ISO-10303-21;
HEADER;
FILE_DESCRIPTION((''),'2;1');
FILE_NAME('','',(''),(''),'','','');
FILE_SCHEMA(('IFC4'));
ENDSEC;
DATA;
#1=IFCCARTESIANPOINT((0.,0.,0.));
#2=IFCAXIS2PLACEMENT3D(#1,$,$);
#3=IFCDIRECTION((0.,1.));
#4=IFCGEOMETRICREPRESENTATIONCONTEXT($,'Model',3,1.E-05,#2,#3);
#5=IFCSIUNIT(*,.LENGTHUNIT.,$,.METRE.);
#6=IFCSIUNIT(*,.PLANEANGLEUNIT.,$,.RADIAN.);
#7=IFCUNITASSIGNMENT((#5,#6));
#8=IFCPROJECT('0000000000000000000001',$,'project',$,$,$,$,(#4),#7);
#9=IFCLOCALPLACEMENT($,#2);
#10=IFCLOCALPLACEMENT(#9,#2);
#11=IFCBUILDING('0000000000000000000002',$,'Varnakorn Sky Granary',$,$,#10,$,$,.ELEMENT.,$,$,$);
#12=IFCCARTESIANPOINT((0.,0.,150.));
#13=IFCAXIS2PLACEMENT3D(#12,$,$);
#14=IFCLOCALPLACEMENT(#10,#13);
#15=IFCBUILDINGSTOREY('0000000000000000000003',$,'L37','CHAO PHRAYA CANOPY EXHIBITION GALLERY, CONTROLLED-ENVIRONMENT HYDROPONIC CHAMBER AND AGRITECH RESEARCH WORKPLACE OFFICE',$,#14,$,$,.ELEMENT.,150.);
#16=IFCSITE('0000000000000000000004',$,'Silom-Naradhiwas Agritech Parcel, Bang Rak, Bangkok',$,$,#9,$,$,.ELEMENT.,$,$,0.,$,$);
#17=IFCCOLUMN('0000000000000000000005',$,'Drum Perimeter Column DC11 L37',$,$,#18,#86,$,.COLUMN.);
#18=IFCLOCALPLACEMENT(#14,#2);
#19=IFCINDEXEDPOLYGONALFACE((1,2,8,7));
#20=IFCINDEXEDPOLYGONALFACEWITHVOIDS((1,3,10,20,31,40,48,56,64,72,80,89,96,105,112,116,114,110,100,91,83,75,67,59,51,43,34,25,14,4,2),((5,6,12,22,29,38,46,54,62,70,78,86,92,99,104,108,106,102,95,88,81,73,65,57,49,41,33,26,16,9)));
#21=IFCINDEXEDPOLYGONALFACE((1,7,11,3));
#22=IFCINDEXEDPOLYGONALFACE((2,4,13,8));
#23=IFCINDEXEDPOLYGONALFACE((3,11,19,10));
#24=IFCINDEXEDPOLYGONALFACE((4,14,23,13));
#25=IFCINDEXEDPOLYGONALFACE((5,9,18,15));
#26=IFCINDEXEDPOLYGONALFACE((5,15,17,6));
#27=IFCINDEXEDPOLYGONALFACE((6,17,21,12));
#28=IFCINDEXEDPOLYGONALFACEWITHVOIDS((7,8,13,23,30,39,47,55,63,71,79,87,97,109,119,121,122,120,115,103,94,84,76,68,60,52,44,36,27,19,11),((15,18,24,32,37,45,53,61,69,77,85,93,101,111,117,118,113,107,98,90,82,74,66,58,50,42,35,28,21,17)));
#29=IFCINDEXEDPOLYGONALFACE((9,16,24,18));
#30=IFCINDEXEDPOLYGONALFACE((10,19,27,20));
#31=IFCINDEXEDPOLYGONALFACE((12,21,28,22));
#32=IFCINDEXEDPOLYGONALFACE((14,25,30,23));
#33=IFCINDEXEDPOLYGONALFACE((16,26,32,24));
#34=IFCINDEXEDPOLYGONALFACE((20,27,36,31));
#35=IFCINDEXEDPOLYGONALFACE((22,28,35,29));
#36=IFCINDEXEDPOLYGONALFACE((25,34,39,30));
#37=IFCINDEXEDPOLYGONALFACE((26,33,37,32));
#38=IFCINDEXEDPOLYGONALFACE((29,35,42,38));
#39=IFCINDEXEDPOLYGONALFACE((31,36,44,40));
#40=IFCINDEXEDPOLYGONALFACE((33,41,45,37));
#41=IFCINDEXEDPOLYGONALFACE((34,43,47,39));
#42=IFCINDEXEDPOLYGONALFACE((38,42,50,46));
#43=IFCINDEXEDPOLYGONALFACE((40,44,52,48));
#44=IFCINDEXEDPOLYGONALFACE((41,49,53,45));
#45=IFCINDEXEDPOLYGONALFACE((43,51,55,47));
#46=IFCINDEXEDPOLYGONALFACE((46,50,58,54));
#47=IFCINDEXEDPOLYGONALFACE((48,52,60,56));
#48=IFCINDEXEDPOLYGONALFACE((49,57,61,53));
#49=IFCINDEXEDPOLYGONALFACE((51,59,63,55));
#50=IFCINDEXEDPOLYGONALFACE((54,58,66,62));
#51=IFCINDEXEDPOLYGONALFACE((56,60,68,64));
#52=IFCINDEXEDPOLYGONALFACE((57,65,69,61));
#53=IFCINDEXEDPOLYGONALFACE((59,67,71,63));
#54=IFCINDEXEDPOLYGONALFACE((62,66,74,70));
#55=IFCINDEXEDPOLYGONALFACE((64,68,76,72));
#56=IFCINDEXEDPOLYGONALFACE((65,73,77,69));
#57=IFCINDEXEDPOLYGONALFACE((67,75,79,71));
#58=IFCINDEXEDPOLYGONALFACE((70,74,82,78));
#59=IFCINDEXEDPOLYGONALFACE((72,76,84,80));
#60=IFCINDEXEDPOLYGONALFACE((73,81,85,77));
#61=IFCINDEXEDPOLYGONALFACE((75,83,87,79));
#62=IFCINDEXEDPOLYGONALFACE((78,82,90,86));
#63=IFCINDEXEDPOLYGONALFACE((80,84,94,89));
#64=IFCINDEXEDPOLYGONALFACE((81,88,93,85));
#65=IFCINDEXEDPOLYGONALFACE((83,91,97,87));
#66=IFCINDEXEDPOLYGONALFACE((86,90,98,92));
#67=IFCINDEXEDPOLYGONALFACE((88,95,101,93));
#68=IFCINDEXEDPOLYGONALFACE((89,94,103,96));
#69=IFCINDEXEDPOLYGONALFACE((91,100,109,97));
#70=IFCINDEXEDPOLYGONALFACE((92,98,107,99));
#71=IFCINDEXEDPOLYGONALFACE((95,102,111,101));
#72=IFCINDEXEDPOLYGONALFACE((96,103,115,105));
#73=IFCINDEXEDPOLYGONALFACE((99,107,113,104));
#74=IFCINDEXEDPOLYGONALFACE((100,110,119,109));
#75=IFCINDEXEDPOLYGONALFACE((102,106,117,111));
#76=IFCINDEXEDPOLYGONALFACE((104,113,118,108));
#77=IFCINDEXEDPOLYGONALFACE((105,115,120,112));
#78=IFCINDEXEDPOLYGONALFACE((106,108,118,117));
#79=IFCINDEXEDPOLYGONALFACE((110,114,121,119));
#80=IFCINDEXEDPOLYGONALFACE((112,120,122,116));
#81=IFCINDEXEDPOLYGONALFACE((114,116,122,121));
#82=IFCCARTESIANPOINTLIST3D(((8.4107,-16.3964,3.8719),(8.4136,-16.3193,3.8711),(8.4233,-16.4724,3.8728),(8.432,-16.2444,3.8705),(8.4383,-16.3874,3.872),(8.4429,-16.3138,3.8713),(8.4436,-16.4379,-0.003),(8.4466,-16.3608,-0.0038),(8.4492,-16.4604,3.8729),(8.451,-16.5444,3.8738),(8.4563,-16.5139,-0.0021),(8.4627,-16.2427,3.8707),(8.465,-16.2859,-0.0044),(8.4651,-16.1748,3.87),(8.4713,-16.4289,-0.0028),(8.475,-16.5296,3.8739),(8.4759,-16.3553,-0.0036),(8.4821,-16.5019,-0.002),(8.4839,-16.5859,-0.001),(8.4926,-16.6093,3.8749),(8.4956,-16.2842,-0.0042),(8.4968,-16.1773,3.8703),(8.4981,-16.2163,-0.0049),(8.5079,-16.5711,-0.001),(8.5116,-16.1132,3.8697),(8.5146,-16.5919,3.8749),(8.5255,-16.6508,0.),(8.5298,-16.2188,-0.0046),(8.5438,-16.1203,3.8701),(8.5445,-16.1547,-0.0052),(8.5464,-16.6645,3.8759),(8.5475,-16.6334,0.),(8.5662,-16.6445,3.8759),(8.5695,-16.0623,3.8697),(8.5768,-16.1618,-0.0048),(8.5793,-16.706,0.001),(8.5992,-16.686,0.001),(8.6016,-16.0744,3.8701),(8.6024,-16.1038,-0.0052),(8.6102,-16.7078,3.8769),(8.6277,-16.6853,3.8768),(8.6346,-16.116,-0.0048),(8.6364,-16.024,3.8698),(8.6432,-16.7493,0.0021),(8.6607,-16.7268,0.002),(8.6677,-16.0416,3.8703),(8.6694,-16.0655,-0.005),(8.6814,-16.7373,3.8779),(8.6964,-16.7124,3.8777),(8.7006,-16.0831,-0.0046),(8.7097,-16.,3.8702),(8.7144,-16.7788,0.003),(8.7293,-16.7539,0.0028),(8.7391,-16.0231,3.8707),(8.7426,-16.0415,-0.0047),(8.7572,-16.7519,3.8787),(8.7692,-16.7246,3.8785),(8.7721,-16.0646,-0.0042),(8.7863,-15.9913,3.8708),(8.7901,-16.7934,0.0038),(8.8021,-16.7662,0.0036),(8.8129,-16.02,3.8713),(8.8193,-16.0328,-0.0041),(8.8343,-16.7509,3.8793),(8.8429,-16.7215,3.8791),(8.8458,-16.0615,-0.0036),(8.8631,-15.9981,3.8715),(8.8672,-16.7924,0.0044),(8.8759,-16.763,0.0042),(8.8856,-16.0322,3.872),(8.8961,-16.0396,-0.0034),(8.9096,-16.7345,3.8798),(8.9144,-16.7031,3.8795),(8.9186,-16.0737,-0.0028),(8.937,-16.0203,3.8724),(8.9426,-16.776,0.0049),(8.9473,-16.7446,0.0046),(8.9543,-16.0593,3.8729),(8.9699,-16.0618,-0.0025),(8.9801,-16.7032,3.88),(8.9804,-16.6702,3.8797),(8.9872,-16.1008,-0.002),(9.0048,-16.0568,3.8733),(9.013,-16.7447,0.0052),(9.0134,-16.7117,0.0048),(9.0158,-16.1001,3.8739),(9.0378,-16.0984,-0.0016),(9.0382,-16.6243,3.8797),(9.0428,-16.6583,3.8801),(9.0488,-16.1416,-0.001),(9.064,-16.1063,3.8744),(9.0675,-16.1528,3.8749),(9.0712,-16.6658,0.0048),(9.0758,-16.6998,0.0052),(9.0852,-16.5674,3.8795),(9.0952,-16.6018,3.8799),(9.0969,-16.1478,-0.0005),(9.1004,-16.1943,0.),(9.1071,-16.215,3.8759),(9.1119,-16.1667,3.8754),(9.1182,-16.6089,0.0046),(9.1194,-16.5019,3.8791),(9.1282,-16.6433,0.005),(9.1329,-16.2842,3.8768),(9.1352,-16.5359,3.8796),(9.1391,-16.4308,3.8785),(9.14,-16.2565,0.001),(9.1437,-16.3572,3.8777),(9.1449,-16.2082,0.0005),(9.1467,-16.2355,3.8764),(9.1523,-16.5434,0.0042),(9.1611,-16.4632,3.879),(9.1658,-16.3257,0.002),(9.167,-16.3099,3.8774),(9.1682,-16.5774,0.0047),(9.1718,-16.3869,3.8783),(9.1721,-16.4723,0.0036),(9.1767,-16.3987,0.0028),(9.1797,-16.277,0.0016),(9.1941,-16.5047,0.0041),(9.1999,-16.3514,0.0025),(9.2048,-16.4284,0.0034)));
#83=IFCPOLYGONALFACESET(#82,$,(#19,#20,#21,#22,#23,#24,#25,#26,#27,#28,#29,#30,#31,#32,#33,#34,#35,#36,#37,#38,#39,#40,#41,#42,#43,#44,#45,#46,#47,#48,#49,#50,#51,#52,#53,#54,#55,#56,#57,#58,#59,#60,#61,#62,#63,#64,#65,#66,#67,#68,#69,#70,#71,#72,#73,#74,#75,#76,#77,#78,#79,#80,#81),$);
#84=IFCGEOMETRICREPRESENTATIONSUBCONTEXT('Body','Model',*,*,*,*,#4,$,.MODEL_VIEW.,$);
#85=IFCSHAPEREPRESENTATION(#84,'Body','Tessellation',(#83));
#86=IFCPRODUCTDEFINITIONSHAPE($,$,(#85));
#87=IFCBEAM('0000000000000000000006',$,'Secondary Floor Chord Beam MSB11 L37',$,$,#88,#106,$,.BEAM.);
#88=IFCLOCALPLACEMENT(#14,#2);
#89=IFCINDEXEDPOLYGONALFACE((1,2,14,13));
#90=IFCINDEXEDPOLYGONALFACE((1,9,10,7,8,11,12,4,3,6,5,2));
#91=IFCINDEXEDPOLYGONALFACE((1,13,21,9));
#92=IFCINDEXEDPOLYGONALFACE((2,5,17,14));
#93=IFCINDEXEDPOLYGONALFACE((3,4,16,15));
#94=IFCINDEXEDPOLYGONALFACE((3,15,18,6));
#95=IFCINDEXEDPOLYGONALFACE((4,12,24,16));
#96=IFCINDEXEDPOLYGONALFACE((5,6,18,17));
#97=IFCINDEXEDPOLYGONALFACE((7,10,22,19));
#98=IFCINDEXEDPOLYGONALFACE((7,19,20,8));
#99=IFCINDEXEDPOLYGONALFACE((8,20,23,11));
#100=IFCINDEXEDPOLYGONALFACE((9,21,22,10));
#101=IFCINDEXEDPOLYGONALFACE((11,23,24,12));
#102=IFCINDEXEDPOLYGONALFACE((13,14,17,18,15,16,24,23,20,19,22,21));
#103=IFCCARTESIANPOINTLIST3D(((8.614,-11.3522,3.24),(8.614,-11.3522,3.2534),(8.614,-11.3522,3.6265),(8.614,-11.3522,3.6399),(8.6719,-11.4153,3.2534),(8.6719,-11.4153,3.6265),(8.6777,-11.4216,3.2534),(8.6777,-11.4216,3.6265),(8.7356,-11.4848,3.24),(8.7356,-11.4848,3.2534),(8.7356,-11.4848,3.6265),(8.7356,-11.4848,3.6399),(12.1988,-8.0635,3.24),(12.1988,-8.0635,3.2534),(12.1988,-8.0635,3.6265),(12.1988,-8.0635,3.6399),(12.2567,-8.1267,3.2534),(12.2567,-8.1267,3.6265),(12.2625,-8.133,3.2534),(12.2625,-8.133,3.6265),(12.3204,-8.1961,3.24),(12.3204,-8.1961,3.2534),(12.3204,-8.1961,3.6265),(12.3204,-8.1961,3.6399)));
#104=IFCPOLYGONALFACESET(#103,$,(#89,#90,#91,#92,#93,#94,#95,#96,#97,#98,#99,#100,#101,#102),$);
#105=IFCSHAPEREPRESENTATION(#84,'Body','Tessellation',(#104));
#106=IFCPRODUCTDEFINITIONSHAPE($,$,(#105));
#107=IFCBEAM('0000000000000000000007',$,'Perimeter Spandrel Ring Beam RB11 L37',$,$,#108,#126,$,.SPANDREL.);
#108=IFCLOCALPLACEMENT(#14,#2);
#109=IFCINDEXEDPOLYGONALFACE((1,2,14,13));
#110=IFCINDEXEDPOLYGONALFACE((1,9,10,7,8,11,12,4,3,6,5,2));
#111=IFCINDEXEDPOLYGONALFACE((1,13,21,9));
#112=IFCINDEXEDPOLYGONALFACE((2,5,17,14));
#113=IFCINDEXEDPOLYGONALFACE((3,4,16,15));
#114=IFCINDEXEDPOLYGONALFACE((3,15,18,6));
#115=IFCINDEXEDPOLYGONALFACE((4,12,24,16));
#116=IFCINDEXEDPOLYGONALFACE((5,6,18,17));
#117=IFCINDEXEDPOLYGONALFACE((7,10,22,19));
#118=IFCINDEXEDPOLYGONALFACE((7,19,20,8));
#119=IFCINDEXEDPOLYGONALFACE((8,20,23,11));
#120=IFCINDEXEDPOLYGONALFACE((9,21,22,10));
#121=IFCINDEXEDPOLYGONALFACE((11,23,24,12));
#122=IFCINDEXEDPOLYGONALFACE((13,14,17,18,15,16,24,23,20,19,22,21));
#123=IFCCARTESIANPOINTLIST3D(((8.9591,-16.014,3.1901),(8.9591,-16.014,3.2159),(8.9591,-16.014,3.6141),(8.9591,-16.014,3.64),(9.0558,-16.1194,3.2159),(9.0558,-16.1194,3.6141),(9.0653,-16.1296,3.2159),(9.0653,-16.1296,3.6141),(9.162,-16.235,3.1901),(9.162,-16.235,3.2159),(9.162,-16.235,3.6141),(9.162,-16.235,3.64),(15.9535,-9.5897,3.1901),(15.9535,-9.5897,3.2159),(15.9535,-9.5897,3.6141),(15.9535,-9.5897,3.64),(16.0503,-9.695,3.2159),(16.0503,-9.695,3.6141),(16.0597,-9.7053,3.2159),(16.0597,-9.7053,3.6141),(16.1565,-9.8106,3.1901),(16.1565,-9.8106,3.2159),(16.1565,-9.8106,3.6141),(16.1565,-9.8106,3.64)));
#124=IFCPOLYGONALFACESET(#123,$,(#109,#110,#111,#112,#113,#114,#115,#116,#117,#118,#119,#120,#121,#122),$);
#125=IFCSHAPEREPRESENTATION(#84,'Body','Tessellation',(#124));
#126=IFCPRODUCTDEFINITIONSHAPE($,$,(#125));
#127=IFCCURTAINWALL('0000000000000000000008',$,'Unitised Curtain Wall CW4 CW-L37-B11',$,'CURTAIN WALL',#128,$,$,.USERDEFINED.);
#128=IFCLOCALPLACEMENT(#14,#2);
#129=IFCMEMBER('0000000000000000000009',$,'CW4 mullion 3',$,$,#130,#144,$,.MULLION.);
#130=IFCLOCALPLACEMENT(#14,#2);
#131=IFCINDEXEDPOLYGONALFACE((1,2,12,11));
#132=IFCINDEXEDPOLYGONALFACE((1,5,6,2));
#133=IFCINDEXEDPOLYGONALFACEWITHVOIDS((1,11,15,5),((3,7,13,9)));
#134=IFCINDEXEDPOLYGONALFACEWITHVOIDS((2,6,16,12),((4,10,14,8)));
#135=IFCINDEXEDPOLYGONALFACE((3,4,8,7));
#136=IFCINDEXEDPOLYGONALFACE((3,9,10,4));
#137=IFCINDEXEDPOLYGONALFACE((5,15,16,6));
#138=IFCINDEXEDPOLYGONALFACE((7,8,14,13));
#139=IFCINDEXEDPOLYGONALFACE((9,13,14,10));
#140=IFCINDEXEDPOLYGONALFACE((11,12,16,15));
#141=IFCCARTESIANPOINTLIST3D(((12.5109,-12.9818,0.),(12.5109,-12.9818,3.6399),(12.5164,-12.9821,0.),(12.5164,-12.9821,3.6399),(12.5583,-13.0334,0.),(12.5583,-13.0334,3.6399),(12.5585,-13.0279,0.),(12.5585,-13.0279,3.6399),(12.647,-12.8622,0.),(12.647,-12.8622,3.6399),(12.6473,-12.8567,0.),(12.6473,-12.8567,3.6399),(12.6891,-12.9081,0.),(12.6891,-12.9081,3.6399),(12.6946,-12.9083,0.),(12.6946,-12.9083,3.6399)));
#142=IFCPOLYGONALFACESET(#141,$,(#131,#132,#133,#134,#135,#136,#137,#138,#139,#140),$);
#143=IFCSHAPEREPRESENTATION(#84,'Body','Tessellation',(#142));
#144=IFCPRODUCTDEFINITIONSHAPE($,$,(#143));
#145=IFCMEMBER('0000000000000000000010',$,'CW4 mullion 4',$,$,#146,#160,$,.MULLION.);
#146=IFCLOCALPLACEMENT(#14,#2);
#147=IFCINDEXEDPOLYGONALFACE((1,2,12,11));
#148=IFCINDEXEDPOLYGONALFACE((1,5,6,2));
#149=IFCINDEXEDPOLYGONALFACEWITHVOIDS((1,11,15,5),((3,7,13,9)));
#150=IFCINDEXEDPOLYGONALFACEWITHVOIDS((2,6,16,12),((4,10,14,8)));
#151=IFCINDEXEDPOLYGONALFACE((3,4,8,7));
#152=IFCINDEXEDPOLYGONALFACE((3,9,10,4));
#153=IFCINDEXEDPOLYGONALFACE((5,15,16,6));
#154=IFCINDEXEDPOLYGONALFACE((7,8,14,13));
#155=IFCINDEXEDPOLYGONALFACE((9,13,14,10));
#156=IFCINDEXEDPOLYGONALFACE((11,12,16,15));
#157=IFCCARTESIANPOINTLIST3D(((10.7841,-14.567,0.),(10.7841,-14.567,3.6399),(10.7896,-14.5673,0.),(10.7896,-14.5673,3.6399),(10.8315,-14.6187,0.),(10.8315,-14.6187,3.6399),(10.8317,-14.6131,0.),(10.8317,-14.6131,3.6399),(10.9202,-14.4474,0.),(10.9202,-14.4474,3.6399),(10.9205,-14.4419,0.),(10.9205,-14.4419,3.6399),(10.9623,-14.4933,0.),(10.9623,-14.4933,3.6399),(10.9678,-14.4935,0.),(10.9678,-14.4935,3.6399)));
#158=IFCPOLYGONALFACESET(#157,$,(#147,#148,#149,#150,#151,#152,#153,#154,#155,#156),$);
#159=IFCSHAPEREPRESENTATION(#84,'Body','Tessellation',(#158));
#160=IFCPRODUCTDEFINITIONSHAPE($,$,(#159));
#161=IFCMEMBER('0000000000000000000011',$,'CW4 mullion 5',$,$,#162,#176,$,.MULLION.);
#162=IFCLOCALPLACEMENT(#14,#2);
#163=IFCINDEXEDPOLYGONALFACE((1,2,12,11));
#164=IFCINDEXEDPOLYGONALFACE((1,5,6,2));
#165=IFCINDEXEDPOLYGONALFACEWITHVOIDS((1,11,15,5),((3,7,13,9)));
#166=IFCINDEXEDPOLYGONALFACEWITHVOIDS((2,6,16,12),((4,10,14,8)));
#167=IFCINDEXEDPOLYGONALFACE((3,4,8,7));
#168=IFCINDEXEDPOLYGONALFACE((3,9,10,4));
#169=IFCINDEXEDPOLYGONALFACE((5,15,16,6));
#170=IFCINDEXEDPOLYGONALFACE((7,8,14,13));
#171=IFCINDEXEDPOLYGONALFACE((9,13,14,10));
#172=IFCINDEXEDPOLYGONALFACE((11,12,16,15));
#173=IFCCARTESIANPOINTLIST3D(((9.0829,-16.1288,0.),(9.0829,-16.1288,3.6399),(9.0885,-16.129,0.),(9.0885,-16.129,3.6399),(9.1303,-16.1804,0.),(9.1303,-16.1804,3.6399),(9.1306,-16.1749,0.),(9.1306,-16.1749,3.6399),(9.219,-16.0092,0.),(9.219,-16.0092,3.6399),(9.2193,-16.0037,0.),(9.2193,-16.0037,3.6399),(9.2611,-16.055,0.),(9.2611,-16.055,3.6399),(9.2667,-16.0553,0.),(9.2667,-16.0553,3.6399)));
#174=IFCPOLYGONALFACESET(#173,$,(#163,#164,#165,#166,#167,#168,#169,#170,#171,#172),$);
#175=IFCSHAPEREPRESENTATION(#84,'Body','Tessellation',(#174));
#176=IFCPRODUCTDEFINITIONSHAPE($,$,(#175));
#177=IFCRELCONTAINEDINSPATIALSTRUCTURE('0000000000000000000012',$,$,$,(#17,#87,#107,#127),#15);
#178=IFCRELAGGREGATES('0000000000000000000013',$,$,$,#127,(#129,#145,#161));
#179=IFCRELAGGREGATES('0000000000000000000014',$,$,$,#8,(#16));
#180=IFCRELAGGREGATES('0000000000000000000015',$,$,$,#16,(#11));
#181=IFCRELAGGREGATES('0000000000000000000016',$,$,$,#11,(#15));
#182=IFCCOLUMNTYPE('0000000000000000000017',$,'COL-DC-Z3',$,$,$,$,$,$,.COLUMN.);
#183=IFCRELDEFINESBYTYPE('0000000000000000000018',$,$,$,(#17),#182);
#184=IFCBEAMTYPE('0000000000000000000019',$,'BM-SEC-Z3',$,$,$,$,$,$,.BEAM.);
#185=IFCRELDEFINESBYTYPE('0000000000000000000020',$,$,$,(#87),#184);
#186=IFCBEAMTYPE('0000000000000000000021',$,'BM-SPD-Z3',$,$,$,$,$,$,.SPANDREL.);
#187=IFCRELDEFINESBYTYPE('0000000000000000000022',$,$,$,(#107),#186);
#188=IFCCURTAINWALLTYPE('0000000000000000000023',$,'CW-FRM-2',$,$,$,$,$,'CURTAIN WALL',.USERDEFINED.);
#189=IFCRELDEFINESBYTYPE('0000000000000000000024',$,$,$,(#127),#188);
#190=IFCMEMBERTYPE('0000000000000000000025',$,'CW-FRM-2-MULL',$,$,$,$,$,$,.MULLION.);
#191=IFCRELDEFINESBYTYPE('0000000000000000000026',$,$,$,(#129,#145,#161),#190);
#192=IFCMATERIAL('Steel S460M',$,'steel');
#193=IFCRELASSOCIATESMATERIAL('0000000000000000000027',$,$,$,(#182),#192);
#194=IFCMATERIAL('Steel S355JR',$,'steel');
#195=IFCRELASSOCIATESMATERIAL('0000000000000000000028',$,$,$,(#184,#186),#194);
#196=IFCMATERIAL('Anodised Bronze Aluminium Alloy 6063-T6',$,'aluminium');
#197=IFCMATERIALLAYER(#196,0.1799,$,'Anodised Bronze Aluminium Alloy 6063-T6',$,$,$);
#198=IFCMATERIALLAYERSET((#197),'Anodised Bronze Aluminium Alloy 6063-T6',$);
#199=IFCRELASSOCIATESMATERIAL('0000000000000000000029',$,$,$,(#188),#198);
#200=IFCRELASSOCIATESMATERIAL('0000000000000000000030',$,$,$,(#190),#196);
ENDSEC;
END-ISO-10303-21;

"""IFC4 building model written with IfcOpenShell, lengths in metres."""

from ifc_helpers import new_model, si_unit, direction, frame, origin, origin_2d, place, context, subcontext, project, spatial, hollow_rectangle, hollow_circle, i_section, extrude, material, layer, layer_set, material_profile, profile_set, type_object, element, aggregate, save


model = new_model("IFC4")

# Units and contexts
model_context = context("Model", 3, precision=1e-05, world=origin(), true_north=direction((0.0, 1.0)))
body_context = subcontext(model_context, "Body", "Model", "MODEL_VIEW")
ifc_project = project(units=[si_unit("LENGTHUNIT", "METRE"), si_unit("PLANEANGLEUNIT", "RADIAN")], contexts=[model_context])

# Site, building, storey
site_placement = place(None, origin())
site = spatial("IfcSite", under=ifc_project, at=site_placement, Name="Silom-Naradhiwas Agritech Parcel, Bang Rak, Bangkok", CompositionType="ELEMENT", RefElevation=0.0)
building_placement = place(site_placement, origin())
building = spatial("IfcBuilding", under=site, at=building_placement, Name="Varnakorn Sky Granary", CompositionType="ELEMENT")
storey_placement = place(building_placement, frame((0.0, 0.0, 150.0)))
storey = spatial("IfcBuildingStorey", under=building, at=storey_placement, Name="L37", Description="CHAO PHRAYA CANOPY EXHIBITION GALLERY, CONTROLLED-ENVIRONMENT HYDROPONIC CHAMBER AND AGRITECH RESEARCH WORKPLACE OFFICE", CompositionType="ELEMENT", Elevation=150.0)

# Column
ifc_material_1 = material(Name="Steel S460M", Category="steel")
ifc_material_profile_1 = material_profile(ifc_material_1, hollow_circle(Radius=0.3811, WallThickness=0.0281, at=origin_2d()), Name="CHS 762x28")
ifc_profile_set_1 = profile_set([ifc_material_profile_1], Name="Steel S460M")
column_type = type_object("IfcColumnType", Name="COL-DC-Z3", PredefinedType="COLUMN", material=ifc_profile_set_1)
column_placement = place(storey_placement, frame((8.824, -16.4138, 0.0), z_axis=(-0.008505, 0.01071, 0.999906), x_axis=(-0.783111, -0.621882, 0.0)))
element("IfcColumn", 1, at=column_placement, inside=storey, type_object=column_type, Name="Drum Perimeter Column DC11 L37", PredefinedType="COLUMN", context=body_context, shape_type="SweptSolid", body=[
    extrude(hollow_circle(Radius=0.3811, WallThickness=0.0281, at=origin_2d()), origin(), (0.0, 0.0, 1.0), 3.8752),
])

# Beams
ifc_material_2 = material(Name="Steel S355JR", Category="steel")
ifc_material_profile_2 = material_profile(ifc_material_2, i_section(OverallWidth=0.1799, OverallDepth=0.3999, WebThickness=0.0085, FlangeThickness=0.0134, at=origin_2d()), Name="IPE 400")
ifc_profile_set_2 = profile_set([ifc_material_profile_2], Name="Steel S355JR")
beam_type_1 = type_object("IfcBeamType", Name="BM-SEC-Z3", PredefinedType="BEAM", material=ifc_profile_set_2)
beam_1_placement = place(storey_placement, frame((8.6748, -11.4185, 3.4399), z_axis=(0.73689, 0.676013, 0.0), x_axis=(-0.676013, 0.73689, 0.0)))
element("IfcBeam", 2, at=beam_1_placement, inside=storey, type_object=beam_type_1, Name="Secondary Floor Chord Beam MSB11 L37", PredefinedType="BEAM", context=body_context, shape_type="SweptSolid", body=[
    extrude(i_section(OverallWidth=0.1799, OverallDepth=0.3999, WebThickness=0.0085, FlangeThickness=0.0134, at=origin_2d()), origin(), (0.0, 0.0, 1.0), 4.8647),
])
ifc_material_profile_3 = material_profile(ifc_material_2, i_section(OverallWidth=0.3, OverallDepth=0.45, WebThickness=0.0139, FlangeThickness=0.0259, at=origin_2d()), Name="HE 450 B")
ifc_profile_set_3 = profile_set([ifc_material_profile_3], Name="Steel S355JR")
beam_type_2 = type_object("IfcBeamType", Name="BM-SPD-Z3", PredefinedType="SPANDREL", material=ifc_profile_set_3)
beam_2_placement = place(storey_placement, frame((9.0605, -16.1245, 3.415), z_axis=(0.736483, 0.676457, 0.0), x_axis=(-0.676457, 0.736483, 0.0)))
element("IfcBeam", 3, at=beam_2_placement, inside=storey, type_object=beam_type_2, Name="Perimeter Spandrel Ring Beam RB11 L37", PredefinedType="SPANDREL", context=body_context, shape_type="SweptSolid", body=[
    extrude(i_section(OverallWidth=0.3, OverallDepth=0.45, WebThickness=0.0139, FlangeThickness=0.0259, at=origin_2d()), origin(), (0.0, 0.0, 1.0), 9.4971),
])

# Curtain wall, members
ifc_material_3 = material(Name="Anodised Bronze Aluminium Alloy 6063-T6", Category="aluminium")
ifc_layer_1 = layer(ifc_material_3, 0.1799, Name="Anodised Bronze Aluminium Alloy 6063-T6")
ifc_layer_set_1 = layer_set([ifc_layer_1], Name="Anodised Bronze Aluminium Alloy 6063-T6")
curtain_wall_type = type_object("IfcCurtainWallType", Name="CW-FRM-2", ElementType="CURTAIN WALL", PredefinedType="USERDEFINED", material=ifc_layer_set_1)
curtain_wall_placement = place(storey_placement, origin())
curtain_wall = element("IfcCurtainWall", 4, at=curtain_wall_placement, inside=storey, type_object=curtain_wall_type, Name="Unitised Curtain Wall CW4 CW-L37-B11", ObjectType="CURTAIN WALL", PredefinedType="USERDEFINED")
ifc_material_profile_4 = material_profile(ifc_material_3, hollow_rectangle(XDim=0.0701, YDim=0.1851, WallThickness=0.0039, at=origin_2d()), Name="ALU MULL 70x185")
ifc_profile_set_4 = profile_set([ifc_material_profile_4], Name="Anodised Bronze Aluminium Alloy 6063-T6")
member_type_1 = type_object("IfcMemberType", Name="CW-FRM-2-MULL", PredefinedType="MULLION", material=ifc_profile_set_4)
member_1_placement = place(storey_placement, frame((12.6028, -12.9451, 0.0), z_axis=(0.0, 0.0, 1.0), x_axis=(0.676226, -0.736694, 0.0)))
member_1 = element("IfcMember", 5, at=member_1_placement, type_object=member_type_1, Name="CW4 mullion 3", PredefinedType="MULLION", context=body_context, shape_type="SweptSolid", body=[
    extrude(hollow_rectangle(XDim=0.0701, YDim=0.1851, WallThickness=0.0039, at=origin_2d()), origin(), (0.0, 0.0, 1.0), 3.6399),
])
member_2_placement = place(storey_placement, frame((10.876, -14.5303, 0.0), z_axis=(0.0, 0.0, 1.0), x_axis=(0.676226, -0.736694, 0.0)))
member_2 = element("IfcMember", 6, at=member_2_placement, type_object=member_type_1, Name="CW4 mullion 4", PredefinedType="MULLION", context=body_context, shape_type="SweptSolid", body=[
    extrude(hollow_rectangle(XDim=0.0701, YDim=0.1851, WallThickness=0.0039, at=origin_2d()), origin(), (0.0, 0.0, 1.0), 3.6399),
])
member_3_placement = place(storey_placement, frame((9.1748, -16.092, 0.0), z_axis=(0.0, 0.0, 1.0), x_axis=(0.676226, -0.736694, 0.0)))
member_3 = element("IfcMember", 7, at=member_3_placement, type_object=member_type_1, Name="CW4 mullion 5", PredefinedType="MULLION", context=body_context, shape_type="SweptSolid", body=[
    extrude(hollow_rectangle(XDim=0.0701, YDim=0.1851, WallThickness=0.0039, at=origin_2d()), origin(), (0.0, 0.0, 1.0), 3.6399),
])

aggregate(curtain_wall, [member_1, member_2, member_3])

save(model, "model.ifc")
